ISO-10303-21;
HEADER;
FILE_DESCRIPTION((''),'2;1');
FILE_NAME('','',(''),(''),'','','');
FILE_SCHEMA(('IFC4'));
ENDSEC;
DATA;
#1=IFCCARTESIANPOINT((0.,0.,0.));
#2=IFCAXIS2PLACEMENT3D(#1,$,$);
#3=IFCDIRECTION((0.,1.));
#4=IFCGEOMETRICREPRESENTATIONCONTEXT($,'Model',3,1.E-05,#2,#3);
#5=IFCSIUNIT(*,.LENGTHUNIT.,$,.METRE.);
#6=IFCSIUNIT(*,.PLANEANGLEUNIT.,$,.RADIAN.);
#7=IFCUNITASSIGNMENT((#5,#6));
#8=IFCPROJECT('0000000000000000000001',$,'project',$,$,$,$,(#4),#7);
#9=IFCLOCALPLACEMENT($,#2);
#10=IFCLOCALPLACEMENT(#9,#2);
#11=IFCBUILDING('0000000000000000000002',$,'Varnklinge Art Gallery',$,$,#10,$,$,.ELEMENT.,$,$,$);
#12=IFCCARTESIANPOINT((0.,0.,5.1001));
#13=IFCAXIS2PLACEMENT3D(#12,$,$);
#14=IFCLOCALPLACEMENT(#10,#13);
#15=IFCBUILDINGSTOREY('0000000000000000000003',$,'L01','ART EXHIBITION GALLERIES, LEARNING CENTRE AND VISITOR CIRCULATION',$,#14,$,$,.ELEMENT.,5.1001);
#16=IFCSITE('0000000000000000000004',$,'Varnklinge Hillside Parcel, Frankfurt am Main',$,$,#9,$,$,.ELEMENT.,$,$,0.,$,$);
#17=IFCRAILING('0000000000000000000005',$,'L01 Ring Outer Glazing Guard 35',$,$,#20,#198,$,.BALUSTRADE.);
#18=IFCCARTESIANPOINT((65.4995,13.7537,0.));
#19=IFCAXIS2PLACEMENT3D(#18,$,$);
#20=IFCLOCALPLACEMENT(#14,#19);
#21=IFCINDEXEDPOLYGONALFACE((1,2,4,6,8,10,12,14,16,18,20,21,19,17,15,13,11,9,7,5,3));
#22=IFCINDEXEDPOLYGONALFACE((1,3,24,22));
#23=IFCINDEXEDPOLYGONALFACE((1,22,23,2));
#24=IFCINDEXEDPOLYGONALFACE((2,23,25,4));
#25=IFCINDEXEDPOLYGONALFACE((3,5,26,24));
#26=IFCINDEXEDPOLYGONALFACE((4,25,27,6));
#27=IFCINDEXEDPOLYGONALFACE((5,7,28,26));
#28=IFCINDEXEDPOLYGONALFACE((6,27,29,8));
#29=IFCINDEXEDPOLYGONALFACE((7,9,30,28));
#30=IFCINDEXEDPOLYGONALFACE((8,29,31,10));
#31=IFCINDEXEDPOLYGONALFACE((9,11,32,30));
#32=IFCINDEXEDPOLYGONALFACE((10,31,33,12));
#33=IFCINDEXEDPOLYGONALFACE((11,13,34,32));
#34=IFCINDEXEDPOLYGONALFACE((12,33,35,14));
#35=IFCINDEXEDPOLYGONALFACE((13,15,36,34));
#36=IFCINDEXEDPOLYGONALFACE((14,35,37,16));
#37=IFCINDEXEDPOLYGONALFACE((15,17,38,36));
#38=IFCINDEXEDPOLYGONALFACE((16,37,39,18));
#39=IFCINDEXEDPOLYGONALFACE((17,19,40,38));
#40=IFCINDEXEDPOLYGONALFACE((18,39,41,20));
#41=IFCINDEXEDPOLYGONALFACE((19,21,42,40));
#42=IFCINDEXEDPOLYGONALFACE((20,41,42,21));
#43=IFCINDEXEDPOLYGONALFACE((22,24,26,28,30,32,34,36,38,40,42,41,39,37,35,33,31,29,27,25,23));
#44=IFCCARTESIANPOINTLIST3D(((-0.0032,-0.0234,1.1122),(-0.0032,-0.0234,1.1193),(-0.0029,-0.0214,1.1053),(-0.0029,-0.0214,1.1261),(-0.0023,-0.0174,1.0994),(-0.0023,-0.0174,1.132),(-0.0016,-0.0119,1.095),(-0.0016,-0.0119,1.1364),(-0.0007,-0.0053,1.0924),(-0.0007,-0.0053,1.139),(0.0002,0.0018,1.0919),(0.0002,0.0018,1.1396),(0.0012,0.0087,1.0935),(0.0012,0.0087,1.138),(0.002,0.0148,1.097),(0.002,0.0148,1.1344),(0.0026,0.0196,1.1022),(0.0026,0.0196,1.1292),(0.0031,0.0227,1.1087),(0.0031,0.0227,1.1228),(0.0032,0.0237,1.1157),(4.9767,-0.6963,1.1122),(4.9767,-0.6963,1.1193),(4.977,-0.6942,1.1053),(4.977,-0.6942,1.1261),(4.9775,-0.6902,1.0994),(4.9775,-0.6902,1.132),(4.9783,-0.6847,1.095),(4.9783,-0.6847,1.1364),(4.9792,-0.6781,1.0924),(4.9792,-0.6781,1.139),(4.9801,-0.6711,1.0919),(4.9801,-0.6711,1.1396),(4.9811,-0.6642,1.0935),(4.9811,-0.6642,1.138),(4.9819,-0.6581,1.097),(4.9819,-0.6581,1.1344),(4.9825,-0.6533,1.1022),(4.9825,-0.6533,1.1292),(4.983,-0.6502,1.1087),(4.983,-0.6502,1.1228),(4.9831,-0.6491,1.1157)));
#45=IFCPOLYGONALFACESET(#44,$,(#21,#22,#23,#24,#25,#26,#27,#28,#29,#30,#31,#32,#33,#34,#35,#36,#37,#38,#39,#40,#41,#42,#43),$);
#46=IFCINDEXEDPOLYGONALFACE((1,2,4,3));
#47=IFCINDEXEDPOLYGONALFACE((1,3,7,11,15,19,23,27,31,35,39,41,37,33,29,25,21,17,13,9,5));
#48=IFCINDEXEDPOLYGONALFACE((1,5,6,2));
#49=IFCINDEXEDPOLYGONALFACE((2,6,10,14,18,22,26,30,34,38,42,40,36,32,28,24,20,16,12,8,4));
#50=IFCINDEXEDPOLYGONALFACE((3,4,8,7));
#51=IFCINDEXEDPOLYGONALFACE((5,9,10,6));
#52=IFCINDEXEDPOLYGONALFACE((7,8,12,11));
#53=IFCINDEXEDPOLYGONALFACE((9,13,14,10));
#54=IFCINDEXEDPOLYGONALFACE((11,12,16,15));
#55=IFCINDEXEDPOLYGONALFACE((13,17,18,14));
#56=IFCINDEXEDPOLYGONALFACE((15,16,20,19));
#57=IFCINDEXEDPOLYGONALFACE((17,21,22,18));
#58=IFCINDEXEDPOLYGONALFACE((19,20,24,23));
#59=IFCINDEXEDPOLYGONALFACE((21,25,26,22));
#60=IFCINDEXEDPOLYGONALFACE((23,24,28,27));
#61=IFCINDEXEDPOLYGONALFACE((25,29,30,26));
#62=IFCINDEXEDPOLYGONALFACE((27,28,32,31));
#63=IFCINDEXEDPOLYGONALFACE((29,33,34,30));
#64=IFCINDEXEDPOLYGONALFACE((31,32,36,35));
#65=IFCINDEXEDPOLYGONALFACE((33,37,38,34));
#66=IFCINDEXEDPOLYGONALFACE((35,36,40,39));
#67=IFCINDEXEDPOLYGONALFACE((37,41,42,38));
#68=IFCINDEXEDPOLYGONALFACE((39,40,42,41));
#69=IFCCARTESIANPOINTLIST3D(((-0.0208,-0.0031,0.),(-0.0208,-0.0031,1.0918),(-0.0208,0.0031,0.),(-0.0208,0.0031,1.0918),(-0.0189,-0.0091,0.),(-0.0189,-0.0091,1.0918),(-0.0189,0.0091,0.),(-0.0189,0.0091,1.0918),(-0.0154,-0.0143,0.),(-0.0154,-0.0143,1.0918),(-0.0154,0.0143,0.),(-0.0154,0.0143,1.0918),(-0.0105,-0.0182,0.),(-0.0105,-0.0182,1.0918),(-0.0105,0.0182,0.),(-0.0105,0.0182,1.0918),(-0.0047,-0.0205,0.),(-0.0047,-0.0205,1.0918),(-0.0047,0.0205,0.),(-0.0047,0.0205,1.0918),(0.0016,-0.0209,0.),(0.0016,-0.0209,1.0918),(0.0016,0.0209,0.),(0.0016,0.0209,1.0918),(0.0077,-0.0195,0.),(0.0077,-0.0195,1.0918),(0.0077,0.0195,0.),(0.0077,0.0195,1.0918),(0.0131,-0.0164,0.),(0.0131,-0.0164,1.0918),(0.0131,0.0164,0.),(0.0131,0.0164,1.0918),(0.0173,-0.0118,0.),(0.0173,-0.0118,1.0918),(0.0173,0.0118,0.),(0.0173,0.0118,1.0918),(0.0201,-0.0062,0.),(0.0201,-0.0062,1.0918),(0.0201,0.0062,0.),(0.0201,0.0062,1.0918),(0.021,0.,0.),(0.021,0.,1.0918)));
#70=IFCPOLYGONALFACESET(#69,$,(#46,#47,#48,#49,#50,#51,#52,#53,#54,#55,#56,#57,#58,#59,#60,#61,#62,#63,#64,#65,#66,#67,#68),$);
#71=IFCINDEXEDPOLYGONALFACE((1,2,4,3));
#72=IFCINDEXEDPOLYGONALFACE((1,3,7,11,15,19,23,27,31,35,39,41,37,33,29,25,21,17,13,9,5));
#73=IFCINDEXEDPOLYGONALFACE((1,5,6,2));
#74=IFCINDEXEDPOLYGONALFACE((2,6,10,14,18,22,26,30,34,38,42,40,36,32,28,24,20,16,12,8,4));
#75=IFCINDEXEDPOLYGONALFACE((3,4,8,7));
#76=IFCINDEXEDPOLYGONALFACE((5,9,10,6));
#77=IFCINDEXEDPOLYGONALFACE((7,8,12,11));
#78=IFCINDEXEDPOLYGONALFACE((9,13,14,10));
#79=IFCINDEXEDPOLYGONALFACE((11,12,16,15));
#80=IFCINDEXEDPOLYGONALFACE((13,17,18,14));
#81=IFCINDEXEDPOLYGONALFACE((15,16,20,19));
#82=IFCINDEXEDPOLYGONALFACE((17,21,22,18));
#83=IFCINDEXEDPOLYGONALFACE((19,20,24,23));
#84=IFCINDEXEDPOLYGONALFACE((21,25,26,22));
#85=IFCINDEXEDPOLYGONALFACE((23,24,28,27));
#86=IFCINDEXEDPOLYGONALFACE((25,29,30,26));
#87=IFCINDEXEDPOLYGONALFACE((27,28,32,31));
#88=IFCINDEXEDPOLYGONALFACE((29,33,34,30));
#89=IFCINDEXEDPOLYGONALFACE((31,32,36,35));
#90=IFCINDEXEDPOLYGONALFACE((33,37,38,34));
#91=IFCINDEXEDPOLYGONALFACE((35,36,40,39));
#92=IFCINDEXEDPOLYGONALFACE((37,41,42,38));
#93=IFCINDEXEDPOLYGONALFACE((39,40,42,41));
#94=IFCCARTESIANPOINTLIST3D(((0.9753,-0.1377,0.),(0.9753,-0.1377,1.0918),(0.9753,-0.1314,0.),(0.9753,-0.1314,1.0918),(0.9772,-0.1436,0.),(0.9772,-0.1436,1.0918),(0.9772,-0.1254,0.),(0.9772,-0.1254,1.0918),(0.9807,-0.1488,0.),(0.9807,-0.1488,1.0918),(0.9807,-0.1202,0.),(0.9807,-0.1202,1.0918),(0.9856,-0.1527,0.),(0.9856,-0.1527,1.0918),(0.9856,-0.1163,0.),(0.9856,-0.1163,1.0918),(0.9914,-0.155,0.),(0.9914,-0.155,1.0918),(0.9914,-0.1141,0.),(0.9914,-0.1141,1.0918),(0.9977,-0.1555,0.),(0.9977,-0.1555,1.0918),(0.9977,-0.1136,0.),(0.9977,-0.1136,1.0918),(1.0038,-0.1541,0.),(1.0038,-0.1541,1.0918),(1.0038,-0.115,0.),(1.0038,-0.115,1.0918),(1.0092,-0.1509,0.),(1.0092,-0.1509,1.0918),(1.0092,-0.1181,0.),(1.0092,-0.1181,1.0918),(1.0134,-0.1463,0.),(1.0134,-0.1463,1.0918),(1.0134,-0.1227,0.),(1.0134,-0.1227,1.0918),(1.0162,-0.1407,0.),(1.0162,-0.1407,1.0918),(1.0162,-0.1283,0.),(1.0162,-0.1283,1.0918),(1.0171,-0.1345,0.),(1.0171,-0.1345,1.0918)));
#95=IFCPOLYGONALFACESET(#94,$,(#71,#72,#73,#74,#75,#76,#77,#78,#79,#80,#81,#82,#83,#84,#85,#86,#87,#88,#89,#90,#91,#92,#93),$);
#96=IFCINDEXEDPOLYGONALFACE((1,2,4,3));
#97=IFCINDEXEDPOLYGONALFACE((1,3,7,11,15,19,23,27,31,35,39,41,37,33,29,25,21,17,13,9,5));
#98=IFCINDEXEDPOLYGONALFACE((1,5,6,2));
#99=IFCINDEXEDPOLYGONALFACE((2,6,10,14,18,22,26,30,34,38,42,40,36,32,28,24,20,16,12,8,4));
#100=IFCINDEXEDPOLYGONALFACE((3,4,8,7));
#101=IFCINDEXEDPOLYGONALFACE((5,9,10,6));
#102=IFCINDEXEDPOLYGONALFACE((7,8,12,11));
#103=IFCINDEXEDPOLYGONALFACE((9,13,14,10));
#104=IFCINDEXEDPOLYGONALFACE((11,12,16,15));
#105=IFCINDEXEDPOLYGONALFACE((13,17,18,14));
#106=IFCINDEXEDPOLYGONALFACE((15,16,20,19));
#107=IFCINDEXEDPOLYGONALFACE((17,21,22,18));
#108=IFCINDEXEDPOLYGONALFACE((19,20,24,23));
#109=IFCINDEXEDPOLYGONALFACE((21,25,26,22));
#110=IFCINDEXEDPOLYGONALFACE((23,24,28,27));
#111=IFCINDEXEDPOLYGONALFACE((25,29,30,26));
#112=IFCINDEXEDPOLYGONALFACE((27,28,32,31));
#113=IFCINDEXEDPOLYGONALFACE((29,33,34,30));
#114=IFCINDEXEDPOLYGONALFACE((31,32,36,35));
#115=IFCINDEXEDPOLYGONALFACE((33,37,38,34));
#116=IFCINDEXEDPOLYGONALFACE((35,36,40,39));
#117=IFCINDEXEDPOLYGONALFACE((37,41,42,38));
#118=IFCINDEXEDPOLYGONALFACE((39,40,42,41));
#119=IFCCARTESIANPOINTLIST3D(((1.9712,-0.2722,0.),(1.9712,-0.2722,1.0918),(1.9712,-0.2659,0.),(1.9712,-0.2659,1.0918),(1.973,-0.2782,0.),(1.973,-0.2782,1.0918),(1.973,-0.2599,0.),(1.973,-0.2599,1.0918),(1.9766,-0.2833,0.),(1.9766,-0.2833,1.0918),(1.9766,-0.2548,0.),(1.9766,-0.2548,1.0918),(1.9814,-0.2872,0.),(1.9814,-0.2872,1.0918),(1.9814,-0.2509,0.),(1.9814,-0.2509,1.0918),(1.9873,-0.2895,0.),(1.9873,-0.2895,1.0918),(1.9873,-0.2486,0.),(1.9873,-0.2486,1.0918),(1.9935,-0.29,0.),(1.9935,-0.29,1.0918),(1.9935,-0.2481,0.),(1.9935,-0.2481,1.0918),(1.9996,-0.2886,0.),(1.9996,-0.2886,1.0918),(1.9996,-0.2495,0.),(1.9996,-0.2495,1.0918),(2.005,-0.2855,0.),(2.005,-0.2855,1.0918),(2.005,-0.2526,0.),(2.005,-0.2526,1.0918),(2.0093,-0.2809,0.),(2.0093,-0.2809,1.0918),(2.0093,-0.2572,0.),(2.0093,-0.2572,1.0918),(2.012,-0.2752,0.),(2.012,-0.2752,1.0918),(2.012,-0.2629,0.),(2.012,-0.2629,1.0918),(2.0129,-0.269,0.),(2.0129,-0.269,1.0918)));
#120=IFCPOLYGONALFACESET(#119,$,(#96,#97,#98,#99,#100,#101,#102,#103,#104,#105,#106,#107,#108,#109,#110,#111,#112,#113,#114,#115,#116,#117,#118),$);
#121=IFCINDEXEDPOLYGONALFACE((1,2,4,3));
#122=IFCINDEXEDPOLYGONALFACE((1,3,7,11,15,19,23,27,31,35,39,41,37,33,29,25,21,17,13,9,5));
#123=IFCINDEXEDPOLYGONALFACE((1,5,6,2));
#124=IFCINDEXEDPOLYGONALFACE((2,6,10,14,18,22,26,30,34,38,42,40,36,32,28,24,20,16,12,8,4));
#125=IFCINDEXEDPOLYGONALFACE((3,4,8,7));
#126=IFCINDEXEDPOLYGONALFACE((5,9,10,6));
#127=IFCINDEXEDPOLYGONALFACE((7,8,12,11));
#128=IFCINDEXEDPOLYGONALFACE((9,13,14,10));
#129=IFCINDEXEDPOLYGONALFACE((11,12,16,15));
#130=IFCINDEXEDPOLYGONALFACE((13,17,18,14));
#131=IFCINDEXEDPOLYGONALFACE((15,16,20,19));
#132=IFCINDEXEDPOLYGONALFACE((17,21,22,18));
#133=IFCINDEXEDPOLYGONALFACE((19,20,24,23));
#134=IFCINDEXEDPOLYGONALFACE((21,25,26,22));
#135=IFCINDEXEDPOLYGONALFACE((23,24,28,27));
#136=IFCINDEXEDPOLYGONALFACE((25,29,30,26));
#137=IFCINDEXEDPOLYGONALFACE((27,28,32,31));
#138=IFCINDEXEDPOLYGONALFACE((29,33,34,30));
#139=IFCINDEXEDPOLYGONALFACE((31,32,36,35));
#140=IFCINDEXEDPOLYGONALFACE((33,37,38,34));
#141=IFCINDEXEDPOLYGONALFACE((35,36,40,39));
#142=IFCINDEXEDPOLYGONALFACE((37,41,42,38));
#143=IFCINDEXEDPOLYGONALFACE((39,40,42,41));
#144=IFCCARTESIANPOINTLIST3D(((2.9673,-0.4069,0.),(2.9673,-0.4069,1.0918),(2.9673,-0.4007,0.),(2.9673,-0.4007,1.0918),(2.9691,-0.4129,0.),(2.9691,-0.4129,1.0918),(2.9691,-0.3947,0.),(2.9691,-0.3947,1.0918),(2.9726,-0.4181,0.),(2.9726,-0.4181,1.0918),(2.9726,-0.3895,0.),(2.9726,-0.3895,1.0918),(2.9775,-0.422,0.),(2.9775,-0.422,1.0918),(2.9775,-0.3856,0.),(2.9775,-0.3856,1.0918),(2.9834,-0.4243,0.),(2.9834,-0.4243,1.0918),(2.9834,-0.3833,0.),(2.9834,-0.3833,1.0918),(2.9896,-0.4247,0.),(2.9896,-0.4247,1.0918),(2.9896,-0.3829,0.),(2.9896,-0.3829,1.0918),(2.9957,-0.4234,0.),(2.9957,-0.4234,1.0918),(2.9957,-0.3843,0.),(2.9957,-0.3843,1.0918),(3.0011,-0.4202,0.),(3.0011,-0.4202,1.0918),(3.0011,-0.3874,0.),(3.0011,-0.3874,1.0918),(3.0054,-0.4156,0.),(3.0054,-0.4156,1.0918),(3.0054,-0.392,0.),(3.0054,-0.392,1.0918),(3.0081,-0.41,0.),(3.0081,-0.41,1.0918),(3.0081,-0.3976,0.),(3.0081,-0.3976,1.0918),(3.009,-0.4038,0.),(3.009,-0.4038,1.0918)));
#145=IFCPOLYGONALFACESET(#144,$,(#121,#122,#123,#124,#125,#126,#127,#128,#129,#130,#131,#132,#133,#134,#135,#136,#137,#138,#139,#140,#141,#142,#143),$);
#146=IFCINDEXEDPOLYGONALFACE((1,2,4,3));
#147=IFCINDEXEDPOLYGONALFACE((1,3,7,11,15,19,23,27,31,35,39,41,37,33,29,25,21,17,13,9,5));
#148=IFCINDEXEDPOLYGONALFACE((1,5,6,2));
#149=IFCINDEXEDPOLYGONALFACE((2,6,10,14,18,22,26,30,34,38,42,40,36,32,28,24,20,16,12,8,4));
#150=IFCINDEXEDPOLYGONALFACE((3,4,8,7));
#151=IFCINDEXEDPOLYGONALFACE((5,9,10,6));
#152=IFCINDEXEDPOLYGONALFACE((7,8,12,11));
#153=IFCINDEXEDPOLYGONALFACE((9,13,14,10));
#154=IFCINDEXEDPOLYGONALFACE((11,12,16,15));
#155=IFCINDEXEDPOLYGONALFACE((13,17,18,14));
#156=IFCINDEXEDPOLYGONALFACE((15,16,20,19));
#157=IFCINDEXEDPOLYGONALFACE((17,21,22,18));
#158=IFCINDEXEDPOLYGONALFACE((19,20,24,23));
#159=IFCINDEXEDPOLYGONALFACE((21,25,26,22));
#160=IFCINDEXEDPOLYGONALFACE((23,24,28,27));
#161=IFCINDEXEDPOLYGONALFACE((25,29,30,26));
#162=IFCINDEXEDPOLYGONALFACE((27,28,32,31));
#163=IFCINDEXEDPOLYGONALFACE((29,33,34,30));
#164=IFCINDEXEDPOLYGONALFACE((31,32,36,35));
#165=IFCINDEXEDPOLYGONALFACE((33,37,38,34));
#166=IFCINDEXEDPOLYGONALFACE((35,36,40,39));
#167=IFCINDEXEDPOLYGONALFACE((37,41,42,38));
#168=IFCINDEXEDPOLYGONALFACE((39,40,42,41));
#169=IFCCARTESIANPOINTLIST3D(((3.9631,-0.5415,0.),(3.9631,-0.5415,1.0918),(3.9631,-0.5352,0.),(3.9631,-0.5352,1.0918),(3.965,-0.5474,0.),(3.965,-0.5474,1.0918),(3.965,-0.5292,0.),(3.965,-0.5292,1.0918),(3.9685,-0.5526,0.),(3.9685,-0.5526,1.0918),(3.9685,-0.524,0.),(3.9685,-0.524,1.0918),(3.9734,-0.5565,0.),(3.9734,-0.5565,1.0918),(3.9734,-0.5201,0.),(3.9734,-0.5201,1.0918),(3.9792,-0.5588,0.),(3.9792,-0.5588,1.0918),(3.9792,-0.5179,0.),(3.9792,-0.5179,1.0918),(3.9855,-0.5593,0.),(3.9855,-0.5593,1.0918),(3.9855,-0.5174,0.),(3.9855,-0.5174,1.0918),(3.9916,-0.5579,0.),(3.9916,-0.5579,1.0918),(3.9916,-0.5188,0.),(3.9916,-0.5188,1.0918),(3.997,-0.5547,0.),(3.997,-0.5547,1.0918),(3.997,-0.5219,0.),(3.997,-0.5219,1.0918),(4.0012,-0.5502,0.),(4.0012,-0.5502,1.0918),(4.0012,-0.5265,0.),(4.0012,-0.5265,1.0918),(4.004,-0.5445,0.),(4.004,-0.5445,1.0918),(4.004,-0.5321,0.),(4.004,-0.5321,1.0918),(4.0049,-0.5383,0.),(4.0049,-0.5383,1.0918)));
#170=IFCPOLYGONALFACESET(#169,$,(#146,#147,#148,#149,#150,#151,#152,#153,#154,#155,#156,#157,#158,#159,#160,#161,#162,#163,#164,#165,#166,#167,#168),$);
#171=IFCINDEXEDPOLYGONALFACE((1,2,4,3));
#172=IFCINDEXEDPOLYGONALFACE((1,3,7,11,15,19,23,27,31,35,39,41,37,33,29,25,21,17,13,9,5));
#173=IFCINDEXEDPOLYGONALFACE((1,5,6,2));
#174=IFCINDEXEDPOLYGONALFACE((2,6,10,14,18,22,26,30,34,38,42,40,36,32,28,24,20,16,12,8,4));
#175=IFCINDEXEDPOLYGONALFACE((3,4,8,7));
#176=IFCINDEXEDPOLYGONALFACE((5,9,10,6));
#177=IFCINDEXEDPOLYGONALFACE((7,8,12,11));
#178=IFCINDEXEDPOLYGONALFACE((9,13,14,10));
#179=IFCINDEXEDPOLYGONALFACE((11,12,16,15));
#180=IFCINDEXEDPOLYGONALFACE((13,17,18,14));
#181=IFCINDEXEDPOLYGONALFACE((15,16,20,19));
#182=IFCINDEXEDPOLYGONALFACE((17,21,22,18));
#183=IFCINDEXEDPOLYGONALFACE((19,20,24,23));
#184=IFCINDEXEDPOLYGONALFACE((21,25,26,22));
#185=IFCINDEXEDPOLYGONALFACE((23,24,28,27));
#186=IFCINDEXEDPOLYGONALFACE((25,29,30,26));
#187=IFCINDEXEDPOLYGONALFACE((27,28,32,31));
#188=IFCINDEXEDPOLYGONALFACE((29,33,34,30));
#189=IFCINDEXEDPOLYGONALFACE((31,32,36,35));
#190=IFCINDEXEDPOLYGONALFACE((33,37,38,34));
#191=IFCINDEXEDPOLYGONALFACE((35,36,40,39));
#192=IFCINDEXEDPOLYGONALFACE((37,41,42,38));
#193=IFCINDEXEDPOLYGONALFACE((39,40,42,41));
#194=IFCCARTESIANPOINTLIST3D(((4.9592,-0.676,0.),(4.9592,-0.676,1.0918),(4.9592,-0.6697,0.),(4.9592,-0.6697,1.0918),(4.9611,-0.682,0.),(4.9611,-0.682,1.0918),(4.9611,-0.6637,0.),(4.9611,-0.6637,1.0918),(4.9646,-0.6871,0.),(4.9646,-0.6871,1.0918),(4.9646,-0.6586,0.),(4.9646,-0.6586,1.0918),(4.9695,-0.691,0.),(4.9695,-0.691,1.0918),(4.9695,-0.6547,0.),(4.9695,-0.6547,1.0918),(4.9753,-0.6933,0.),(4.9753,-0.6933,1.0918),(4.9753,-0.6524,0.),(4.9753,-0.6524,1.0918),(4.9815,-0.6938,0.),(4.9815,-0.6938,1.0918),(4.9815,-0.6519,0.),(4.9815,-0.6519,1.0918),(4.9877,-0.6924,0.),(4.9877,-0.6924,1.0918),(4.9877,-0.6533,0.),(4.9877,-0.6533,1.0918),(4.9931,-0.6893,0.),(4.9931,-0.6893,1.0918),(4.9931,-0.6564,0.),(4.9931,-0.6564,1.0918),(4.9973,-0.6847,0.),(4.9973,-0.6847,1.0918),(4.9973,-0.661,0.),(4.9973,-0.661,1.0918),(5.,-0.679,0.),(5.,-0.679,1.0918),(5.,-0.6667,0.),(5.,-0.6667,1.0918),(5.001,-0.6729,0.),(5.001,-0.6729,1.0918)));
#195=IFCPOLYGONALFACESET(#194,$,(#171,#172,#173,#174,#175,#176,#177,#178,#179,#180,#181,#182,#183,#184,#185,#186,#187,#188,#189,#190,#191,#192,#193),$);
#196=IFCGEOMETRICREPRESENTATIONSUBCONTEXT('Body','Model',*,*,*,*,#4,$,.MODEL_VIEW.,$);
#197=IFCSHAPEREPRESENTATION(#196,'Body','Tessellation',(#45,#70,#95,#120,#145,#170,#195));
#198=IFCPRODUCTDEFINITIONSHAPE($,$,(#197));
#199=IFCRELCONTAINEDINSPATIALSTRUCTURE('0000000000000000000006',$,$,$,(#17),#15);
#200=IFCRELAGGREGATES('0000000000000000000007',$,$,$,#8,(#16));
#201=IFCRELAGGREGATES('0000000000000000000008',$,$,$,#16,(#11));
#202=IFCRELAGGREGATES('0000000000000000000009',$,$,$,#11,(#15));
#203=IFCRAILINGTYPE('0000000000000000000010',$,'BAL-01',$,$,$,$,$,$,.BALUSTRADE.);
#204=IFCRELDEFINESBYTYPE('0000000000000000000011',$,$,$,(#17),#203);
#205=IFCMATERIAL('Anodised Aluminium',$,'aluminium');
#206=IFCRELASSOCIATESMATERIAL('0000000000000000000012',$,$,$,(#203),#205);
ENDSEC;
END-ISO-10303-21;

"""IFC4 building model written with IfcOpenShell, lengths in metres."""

from ifc_helpers import new_model, si_unit, direction, frame, origin, origin_2d, place, context, subcontext, project, spatial, circle, extrude, material, type_object, element, save


model = new_model("IFC4")

# Units and contexts
model_context = context("Model", 3, precision=1e-05, world=origin(), true_north=direction((0.0, 1.0)))
body_context = subcontext(model_context, "Body", "Model", "MODEL_VIEW")
ifc_project = project(units=[si_unit("LENGTHUNIT", "METRE"), si_unit("PLANEANGLEUNIT", "RADIAN")], contexts=[model_context])

# Site, building, storey
site_placement = place(None, origin())
site = spatial("IfcSite", under=ifc_project, at=site_placement, Name="Varnklinge Hillside Parcel, Frankfurt am Main", CompositionType="ELEMENT", RefElevation=0.0)
building_placement = place(site_placement, origin())
building = spatial("IfcBuilding", under=site, at=building_placement, Name="Varnklinge Art Gallery", CompositionType="ELEMENT")
storey_placement = place(building_placement, frame((0.0, 0.0, 5.1001)))
storey = spatial("IfcBuildingStorey", under=building, at=storey_placement, Name="L01", Description="ART EXHIBITION GALLERIES, LEARNING CENTRE AND VISITOR CIRCULATION", CompositionType="ELEMENT", Elevation=5.1001)

# Railing
ifc_material_1 = material(Name="Anodised Aluminium", Category="aluminium")
railing_type = type_object("IfcRailingType", Name="BAL-01", PredefinedType="BALUSTRADE", material=ifc_material_1)
railing_1_placement = place(storey_placement, frame((65.4995, 13.7537, 0.0)))
element("IfcRailing", 1, at=railing_1_placement, inside=storey, type_object=railing_type, Name="L01 Ring Outer Glazing Guard 35", PredefinedType="BALUSTRADE", context=body_context, shape_type="SweptSolid", body=[
    extrude(circle(Radius=0.0239, at=origin_2d()), frame((0.0, 0.0, 1.1157), z_axis=(0.990996, -0.133895, 0.0), x_axis=(0.133895, 0.990996, 0.0)), (0.0, 0.0, 1.0), 5.0251),
    extrude(circle(Radius=0.021, at=origin_2d()), origin(), (0.0, 0.0, 1.0), 1.0918),
    extrude(circle(Radius=0.021, at=origin_2d()), frame((0.9961, -0.1345, 0.0)), (0.0, 0.0, 1.0), 1.0918),
    extrude(circle(Radius=0.021, at=origin_2d()), frame((1.9919, -0.269, 0.0)), (0.0, 0.0, 1.0), 1.0918),
    extrude(circle(Radius=0.021, at=origin_2d()), frame((2.988, -0.4038, 0.0)), (0.0, 0.0, 1.0), 1.0918),
    extrude(circle(Radius=0.021, at=origin_2d()), frame((3.9839, -0.5383, 0.0)), (0.0, 0.0, 1.0), 1.0918),
    extrude(circle(Radius=0.021, at=origin_2d()), frame((4.98, -0.6729, 0.0)), (0.0, 0.0, 1.0), 1.0918),
])

save(model, "model.ifc")
